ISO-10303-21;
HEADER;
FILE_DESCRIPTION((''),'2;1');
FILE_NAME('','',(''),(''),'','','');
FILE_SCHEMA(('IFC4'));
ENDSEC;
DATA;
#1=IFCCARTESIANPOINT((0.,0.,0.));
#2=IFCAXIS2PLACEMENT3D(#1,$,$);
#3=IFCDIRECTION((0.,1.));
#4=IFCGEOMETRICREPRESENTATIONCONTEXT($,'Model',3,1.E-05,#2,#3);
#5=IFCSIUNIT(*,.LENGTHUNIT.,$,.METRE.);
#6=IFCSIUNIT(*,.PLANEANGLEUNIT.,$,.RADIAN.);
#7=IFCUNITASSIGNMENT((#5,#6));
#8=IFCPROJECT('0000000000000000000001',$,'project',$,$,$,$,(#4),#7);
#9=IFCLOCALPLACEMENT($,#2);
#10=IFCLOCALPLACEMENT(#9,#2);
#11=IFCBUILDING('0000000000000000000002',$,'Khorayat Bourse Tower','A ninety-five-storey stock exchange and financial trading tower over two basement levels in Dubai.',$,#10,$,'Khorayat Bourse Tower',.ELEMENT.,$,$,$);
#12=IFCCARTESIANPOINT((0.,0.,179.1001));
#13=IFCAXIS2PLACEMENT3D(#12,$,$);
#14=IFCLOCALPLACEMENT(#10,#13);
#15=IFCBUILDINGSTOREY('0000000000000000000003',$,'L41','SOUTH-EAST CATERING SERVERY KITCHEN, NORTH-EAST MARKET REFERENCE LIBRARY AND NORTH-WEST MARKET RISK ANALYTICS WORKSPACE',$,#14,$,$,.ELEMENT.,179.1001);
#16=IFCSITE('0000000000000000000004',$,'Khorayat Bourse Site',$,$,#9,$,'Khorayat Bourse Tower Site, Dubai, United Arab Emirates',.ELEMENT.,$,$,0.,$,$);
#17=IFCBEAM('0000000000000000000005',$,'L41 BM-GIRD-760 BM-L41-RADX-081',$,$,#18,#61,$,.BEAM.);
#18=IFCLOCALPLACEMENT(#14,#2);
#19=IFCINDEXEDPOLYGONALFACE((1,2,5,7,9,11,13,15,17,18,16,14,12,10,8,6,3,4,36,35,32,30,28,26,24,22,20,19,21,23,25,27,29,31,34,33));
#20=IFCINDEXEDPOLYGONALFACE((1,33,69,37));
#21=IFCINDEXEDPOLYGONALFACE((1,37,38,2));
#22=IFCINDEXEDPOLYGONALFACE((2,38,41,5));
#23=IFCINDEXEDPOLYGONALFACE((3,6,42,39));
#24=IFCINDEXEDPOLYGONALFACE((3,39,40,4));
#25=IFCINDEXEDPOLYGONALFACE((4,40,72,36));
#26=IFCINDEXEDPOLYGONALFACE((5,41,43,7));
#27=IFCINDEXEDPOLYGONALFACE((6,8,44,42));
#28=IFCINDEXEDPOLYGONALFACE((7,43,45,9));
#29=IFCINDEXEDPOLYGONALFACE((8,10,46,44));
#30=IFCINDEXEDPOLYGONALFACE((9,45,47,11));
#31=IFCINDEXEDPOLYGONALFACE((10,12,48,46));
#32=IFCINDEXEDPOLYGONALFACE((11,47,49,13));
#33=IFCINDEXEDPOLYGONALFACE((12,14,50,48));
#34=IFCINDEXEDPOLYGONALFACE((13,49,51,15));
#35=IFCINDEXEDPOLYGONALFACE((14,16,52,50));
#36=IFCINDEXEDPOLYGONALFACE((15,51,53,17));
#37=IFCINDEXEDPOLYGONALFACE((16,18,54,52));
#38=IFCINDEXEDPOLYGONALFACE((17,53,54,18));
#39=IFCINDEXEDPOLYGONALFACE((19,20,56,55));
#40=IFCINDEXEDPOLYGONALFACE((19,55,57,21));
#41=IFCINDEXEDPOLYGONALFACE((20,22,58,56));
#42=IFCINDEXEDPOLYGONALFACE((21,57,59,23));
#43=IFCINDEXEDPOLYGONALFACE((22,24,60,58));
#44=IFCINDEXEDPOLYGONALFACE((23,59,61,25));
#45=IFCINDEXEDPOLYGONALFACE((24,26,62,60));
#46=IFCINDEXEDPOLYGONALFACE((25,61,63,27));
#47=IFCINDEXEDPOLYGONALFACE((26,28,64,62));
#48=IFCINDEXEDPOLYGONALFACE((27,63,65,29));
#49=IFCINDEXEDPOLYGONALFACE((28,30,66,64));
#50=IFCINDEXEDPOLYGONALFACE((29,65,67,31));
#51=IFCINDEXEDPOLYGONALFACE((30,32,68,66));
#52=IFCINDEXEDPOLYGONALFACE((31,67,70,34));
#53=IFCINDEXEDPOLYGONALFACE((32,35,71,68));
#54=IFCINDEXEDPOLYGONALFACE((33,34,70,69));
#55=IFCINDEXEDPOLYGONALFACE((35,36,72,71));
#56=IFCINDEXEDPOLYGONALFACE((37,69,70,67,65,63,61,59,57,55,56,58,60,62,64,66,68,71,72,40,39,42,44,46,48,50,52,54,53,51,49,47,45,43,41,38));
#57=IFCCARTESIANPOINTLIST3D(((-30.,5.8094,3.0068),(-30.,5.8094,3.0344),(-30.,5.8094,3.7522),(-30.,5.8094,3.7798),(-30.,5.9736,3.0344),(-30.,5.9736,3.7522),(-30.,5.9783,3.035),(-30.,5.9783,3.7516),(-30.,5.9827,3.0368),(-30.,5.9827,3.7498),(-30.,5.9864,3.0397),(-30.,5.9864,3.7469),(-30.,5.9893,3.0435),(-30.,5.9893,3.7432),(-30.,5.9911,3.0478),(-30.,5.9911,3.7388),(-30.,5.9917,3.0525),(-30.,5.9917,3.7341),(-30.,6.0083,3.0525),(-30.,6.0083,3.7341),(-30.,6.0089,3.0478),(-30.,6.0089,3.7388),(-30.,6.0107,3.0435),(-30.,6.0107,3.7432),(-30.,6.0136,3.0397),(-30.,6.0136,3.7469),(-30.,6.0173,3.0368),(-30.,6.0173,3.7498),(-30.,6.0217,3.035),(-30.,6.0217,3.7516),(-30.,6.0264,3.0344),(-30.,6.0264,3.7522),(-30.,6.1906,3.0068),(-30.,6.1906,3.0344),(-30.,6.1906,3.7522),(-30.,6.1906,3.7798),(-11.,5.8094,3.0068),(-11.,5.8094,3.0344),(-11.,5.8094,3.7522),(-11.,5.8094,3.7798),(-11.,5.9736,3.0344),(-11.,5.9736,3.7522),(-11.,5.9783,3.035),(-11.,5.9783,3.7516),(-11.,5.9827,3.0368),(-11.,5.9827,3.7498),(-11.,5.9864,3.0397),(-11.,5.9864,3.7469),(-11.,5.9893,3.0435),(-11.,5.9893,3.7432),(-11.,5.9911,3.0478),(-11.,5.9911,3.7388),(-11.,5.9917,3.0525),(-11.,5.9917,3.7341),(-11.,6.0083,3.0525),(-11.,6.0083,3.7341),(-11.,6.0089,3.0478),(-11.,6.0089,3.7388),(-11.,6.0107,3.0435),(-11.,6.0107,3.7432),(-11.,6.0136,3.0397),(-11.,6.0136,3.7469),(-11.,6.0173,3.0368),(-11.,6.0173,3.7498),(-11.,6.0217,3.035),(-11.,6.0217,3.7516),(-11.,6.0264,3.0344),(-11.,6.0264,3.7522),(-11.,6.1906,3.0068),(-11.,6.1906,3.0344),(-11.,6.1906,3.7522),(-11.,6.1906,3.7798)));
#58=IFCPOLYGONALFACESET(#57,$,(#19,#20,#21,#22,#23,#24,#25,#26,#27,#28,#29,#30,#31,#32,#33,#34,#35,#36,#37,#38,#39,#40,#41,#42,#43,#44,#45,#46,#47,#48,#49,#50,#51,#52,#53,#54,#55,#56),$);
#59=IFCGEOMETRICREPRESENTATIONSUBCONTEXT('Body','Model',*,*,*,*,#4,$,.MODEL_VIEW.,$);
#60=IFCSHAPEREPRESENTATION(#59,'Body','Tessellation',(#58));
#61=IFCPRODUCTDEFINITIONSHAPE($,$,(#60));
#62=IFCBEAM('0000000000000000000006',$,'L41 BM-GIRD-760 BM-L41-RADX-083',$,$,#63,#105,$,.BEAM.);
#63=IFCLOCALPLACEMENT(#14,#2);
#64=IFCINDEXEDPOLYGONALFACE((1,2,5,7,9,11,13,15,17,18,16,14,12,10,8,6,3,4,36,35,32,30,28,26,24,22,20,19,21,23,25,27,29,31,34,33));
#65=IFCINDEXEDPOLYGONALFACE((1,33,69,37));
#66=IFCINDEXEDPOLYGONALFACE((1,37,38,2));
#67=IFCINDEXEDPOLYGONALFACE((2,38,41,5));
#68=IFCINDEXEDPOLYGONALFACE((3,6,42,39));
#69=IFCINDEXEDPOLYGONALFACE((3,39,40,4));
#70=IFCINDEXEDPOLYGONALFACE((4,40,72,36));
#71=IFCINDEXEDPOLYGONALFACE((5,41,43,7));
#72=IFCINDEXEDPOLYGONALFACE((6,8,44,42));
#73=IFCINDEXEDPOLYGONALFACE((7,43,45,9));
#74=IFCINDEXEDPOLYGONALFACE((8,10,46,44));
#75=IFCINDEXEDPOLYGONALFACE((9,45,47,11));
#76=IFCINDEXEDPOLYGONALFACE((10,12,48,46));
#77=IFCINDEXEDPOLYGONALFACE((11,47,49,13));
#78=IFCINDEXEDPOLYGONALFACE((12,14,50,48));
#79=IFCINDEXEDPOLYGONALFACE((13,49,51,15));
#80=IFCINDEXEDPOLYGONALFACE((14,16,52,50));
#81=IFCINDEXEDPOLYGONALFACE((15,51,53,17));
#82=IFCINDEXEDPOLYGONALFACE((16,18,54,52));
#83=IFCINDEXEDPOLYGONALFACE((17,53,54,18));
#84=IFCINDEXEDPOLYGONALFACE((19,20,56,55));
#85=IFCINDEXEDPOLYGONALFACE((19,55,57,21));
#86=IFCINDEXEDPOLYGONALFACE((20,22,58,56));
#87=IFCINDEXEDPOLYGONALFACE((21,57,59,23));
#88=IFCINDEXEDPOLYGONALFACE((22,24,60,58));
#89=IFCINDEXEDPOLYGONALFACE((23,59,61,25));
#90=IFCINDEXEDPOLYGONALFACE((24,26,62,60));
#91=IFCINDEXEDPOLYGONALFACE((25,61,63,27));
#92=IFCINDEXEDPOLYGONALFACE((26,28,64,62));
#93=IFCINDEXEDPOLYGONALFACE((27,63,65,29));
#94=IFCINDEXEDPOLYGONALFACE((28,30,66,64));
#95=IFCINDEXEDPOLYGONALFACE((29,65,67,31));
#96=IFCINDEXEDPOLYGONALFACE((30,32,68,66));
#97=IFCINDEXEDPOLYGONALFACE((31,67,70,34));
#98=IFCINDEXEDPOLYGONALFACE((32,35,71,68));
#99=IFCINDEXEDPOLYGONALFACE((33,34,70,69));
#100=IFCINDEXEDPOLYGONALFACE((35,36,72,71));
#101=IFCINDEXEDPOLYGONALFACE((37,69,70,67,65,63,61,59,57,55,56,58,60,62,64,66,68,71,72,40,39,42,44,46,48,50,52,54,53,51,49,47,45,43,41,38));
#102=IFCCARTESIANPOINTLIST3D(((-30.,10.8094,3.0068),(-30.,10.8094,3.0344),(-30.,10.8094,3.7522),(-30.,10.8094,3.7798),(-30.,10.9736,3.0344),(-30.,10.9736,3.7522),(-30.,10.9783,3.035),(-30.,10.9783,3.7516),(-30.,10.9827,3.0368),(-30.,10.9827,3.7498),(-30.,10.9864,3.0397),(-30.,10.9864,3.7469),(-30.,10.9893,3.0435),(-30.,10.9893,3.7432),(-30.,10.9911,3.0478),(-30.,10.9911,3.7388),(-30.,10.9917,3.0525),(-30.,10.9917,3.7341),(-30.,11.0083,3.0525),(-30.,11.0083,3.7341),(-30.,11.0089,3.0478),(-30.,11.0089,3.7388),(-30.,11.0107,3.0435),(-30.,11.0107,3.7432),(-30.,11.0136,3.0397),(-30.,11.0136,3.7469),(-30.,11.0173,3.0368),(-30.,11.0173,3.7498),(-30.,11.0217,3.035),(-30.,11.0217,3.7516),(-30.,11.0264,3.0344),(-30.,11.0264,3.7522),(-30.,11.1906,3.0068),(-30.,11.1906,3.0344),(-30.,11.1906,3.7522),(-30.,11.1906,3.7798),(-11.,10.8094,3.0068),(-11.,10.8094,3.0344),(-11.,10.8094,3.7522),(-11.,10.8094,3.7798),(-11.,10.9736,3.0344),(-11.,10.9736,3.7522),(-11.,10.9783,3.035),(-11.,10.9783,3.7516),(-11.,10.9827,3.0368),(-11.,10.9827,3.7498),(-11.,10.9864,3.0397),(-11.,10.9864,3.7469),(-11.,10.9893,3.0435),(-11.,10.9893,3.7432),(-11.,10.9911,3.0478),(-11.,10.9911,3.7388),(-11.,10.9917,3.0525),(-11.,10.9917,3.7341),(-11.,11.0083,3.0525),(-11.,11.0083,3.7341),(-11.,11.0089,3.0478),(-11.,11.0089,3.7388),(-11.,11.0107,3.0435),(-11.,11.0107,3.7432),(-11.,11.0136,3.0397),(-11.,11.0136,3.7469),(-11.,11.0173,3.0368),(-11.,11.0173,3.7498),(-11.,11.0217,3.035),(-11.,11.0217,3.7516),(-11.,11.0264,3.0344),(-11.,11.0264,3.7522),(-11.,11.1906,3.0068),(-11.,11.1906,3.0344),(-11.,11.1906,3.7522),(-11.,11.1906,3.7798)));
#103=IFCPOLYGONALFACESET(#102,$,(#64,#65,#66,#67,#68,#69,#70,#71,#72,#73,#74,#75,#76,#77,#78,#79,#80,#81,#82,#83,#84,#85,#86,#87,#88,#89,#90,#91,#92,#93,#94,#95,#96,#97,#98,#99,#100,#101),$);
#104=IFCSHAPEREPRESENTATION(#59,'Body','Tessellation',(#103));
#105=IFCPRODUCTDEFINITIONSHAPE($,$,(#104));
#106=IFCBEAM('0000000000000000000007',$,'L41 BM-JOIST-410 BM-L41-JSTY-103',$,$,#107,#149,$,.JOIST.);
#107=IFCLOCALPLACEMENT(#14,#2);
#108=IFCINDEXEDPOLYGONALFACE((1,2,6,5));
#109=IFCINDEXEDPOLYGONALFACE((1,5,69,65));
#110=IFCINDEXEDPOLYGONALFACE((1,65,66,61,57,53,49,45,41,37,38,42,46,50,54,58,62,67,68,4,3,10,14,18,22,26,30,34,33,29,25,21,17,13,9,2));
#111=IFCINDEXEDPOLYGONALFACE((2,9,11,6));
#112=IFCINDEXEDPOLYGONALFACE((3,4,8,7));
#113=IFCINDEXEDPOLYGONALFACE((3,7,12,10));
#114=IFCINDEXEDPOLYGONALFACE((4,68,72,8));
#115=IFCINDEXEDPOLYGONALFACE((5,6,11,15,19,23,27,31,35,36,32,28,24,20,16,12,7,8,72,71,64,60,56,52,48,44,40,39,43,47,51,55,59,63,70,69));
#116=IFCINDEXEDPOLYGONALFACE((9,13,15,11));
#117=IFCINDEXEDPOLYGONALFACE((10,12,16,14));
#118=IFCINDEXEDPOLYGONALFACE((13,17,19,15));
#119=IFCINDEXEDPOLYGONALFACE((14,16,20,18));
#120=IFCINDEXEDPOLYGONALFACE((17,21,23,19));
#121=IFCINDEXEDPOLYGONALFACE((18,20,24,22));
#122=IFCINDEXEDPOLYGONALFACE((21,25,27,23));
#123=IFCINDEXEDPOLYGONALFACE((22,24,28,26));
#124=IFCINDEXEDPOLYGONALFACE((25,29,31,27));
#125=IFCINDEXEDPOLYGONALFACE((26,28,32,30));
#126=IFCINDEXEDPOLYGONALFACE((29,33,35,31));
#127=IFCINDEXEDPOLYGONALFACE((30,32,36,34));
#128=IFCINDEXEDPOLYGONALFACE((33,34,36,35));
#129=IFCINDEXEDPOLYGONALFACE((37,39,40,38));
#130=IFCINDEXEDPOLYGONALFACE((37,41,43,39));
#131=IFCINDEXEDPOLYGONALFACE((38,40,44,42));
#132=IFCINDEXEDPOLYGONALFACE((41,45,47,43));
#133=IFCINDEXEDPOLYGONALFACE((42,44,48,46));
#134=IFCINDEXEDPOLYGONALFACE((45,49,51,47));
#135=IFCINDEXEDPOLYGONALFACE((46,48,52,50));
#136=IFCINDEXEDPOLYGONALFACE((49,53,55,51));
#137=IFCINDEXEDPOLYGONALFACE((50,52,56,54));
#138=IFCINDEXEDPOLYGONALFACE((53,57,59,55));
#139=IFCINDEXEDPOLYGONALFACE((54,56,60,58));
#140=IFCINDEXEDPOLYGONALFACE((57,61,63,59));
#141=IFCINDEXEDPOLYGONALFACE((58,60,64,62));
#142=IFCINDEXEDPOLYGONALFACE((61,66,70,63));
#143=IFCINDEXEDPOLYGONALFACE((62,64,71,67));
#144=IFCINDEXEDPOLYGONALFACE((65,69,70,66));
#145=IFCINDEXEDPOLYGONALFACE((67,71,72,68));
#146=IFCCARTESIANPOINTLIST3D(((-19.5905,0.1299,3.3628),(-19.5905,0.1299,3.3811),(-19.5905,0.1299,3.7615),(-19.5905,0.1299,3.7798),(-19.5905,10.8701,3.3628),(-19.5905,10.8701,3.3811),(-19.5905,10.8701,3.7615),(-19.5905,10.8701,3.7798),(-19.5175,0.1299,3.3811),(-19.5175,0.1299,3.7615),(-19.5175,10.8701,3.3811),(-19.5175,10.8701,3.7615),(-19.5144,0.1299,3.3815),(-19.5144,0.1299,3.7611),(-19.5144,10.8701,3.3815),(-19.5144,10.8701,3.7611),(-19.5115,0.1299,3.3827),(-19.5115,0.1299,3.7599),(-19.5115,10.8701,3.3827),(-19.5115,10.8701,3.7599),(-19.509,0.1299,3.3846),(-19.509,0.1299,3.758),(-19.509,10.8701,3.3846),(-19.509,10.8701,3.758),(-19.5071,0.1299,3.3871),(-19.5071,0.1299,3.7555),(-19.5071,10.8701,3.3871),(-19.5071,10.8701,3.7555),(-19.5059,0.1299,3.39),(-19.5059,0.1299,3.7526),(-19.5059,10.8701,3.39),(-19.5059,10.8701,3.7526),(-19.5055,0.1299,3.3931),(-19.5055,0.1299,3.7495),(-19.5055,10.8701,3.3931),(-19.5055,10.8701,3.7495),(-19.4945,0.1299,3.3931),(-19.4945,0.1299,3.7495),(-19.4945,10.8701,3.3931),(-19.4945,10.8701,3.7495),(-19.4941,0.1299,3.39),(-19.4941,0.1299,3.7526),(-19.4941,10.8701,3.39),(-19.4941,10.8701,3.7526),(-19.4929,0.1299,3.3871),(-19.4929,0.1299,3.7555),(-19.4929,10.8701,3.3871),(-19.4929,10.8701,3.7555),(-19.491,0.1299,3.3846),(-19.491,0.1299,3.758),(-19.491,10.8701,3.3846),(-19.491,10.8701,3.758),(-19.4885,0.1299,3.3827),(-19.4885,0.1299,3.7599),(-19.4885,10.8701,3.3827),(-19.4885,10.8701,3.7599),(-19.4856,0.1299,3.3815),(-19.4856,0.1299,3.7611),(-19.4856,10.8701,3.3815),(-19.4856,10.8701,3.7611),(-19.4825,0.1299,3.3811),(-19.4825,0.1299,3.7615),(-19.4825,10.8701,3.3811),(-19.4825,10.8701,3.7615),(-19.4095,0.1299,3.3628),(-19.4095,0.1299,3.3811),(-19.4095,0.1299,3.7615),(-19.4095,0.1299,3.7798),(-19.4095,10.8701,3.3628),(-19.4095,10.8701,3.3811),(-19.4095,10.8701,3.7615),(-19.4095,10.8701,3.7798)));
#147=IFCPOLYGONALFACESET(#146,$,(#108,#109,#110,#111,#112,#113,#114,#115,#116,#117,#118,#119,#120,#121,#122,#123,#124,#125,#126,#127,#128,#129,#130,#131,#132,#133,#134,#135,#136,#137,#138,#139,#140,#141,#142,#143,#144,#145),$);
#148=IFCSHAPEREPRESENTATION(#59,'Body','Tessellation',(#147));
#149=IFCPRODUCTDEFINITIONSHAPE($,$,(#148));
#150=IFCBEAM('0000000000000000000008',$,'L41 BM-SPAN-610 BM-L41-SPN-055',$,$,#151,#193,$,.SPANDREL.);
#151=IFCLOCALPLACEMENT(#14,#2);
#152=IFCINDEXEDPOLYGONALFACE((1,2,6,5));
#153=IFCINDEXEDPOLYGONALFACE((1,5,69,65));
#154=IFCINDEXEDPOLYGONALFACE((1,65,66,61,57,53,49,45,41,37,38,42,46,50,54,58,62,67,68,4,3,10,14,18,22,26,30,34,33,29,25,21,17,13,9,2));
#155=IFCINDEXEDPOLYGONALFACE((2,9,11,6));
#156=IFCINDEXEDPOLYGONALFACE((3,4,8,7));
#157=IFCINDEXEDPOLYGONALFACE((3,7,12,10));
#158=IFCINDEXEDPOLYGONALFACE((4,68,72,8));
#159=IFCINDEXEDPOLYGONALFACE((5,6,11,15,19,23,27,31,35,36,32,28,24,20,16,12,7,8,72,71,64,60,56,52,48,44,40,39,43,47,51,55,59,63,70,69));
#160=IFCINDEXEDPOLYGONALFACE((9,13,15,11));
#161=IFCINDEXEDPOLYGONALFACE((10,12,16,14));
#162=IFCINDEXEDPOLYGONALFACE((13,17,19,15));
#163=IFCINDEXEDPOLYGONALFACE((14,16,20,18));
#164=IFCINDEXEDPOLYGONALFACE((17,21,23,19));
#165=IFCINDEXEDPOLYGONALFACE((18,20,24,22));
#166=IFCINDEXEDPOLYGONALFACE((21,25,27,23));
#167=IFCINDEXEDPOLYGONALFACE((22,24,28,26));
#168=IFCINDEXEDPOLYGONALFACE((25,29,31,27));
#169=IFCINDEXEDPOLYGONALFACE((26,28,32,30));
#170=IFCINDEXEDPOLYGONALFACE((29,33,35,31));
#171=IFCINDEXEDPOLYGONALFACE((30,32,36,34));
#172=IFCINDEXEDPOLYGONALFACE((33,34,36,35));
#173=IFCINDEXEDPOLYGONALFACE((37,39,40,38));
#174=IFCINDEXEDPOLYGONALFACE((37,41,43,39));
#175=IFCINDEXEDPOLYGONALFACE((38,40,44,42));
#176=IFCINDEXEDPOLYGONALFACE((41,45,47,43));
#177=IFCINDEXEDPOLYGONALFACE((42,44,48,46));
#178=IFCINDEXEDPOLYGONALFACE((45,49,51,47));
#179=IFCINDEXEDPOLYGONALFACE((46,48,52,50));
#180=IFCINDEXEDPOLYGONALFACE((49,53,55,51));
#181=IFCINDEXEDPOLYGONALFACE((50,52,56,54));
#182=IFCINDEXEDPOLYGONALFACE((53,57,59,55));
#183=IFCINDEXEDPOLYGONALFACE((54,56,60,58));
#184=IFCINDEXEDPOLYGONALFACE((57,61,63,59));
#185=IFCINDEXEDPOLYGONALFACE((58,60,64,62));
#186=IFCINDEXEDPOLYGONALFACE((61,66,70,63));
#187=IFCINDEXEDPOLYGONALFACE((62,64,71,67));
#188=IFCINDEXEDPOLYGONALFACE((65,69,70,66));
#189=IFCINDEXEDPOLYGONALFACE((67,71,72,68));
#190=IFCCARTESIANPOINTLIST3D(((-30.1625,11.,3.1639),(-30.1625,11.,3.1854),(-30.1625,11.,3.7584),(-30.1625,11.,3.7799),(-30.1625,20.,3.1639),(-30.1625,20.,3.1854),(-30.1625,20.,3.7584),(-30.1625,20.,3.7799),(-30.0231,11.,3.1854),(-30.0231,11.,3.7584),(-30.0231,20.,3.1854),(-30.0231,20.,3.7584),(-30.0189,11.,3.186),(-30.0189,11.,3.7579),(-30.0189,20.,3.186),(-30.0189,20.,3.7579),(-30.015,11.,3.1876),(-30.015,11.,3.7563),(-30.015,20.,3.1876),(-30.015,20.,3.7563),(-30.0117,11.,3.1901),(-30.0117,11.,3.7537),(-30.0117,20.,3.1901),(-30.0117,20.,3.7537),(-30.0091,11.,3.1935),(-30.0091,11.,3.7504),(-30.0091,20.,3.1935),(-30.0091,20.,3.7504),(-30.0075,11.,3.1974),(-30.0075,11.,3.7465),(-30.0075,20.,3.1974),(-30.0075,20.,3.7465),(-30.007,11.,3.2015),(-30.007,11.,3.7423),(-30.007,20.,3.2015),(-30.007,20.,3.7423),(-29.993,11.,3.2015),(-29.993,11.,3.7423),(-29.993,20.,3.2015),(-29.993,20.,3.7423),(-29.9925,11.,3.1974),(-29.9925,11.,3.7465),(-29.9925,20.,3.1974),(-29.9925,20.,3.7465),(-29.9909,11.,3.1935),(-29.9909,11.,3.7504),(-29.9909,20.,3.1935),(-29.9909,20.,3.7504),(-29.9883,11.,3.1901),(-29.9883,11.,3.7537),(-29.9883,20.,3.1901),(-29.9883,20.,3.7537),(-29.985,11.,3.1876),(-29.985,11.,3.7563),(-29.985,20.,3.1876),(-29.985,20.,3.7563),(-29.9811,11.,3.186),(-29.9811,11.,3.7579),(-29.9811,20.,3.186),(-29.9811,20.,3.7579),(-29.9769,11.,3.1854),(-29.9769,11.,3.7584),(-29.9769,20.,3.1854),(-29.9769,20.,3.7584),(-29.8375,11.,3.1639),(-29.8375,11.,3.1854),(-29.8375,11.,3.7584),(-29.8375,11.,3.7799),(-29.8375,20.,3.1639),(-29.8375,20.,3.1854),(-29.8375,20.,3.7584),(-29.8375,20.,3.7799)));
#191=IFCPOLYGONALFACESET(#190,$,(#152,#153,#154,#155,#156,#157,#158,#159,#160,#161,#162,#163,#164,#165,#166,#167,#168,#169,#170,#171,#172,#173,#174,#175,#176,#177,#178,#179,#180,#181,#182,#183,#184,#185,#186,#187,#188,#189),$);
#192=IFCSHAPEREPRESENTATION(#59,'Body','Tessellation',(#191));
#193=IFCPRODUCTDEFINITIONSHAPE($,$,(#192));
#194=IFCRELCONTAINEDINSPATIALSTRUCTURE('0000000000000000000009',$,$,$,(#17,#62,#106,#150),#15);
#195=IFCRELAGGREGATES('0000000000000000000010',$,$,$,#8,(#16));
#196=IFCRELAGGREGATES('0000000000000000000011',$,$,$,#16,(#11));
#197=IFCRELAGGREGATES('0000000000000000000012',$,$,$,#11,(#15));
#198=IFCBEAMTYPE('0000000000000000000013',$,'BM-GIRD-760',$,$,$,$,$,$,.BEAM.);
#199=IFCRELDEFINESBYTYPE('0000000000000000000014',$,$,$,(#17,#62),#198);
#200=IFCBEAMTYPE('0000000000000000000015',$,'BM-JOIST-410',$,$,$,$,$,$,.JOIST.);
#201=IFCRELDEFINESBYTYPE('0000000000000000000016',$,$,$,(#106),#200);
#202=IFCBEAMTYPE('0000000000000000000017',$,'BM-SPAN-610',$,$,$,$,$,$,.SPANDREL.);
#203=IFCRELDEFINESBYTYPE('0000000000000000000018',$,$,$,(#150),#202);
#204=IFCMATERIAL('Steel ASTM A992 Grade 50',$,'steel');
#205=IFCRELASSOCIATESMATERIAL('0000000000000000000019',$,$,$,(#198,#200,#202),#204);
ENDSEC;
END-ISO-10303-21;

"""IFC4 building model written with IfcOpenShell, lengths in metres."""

from ifc_helpers import new_model, si_unit, direction, frame, origin, origin_2d, place, context, subcontext, project, spatial, i_section, extrude, source, transform, mapped, material, material_profile, profile_set, type_object, element, save


model = new_model("IFC4")

# Units and contexts
model_context = context("Model", 3, precision=1e-05, world=origin(), true_north=direction((0.0, 1.0)))
body_context = subcontext(model_context, "Body", "Model", "MODEL_VIEW")
ifc_project = project(units=[si_unit("LENGTHUNIT", "METRE"), si_unit("PLANEANGLEUNIT", "RADIAN")], contexts=[model_context])

# Site, building, storey
site_placement = place(None, origin())
site = spatial("IfcSite", under=ifc_project, at=site_placement, Name="Khorayat Bourse Site", LongName="Khorayat Bourse Tower Site, Dubai, United Arab Emirates", CompositionType="ELEMENT", RefElevation=0.0)
building_placement = place(site_placement, origin())
building = spatial("IfcBuilding", under=site, at=building_placement, Name="Khorayat Bourse Tower", Description="A ninety-five-storey stock exchange and financial trading tower over two basement levels in Dubai.", LongName="Khorayat Bourse Tower", CompositionType="ELEMENT")
storey_placement = place(building_placement, frame((0.0, 0.0, 179.1001)))
storey = spatial("IfcBuildingStorey", under=building, at=storey_placement, Name="L41", Description="SOUTH-EAST CATERING SERVERY KITCHEN, NORTH-EAST MARKET REFERENCE LIBRARY AND NORTH-WEST MARKET RISK ANALYTICS WORKSPACE", CompositionType="ELEMENT", Elevation=179.1001)

# Beams
ifc_material_1 = material(Name="Steel ASTM A992 Grade 50", Category="steel")
ifc_material_profile_1 = material_profile(ifc_material_1, i_section(OverallWidth=0.3811, OverallDepth=0.7729, WebThickness=0.0166, FlangeThickness=0.0276, FilletRadius=0.0181, at=origin_2d()), Name="W760X257")
ifc_profile_set_1 = profile_set([ifc_material_profile_1], Name="Steel ASTM A992 Grade 50")
beam_type_1 = type_object("IfcBeamType", Name="BM-GIRD-760", PredefinedType="BEAM", material=ifc_profile_set_1)
shared_shape_1 = source(origin(), body_context, "Body", "SweptSolid", [
    extrude(i_section(OverallWidth=0.3811, OverallDepth=0.7729, WebThickness=0.0166, FlangeThickness=0.0276, FilletRadius=0.0181, at=origin_2d()), origin(), (0.0, 0.0, 1.0), 19.0),
])
for number, where, z_axis, x_axis, name in (
    (1, (-30.0, 6.0, 3.3933), (1.0, 0.0, 0.0), (0.0, 1.0, 0.0), "L41 BM-GIRD-760 BM-L41-RADX-081"),
    (2, (-30.0, 11.0, 3.3933), (1.0, 0.0, 0.0), (0.0, 1.0, 0.0), "L41 BM-GIRD-760 BM-L41-RADX-083"),
):
    element("IfcBeam", number, at=place(storey_placement, frame(where, z_axis=z_axis, x_axis=x_axis)), inside=storey, type_object=beam_type_1, Name=name, PredefinedType="BEAM", context=body_context, shape_type="MappedRepresentation", body=[
        mapped(shared_shape_1, transform((0.0, 0.0, 0.0), scale=1.0)),
    ])
ifc_material_profile_2 = material_profile(ifc_material_1, i_section(OverallWidth=0.1809, OverallDepth=0.417, WebThickness=0.011, FlangeThickness=0.0183, FilletRadius=0.012, at=origin_2d()), Name="W410X85")
ifc_profile_set_2 = profile_set([ifc_material_profile_2], Name="Steel ASTM A992 Grade 50")
beam_type_2 = type_object("IfcBeamType", Name="BM-JOIST-410", PredefinedType="JOIST", material=ifc_profile_set_2)
shared_shape_2 = source(origin(), body_context, "Body", "SweptSolid", [
    extrude(i_section(OverallWidth=0.1809, OverallDepth=0.417, WebThickness=0.011, FlangeThickness=0.0183, FilletRadius=0.012, at=origin_2d()), origin(), (0.0, 0.0, 1.0), 10.7402),
])
beam_1_placement = place(storey_placement, frame((-19.5, 0.1299, 3.5713), z_axis=(0.0, 1.0, 0.0), x_axis=(-1.0, 0.0, 0.0)))
element("IfcBeam", 3, at=beam_1_placement, inside=storey, type_object=beam_type_2, Name="L41 BM-JOIST-410 BM-L41-JSTY-103", PredefinedType="JOIST", context=body_context, shape_type="MappedRepresentation", body=[
    mapped(shared_shape_2, transform((0.0, 0.0, 0.0), scale=1.0)),
])
ifc_material_profile_3 = material_profile(ifc_material_1, i_section(OverallWidth=0.325, OverallDepth=0.616, WebThickness=0.0139, FlangeThickness=0.0215, FilletRadius=0.0161, at=origin_2d()), Name="W610X174")
ifc_profile_set_3 = profile_set([ifc_material_profile_3], Name="Steel ASTM A992 Grade 50")
beam_type_3 = type_object("IfcBeamType", Name="BM-SPAN-610", PredefinedType="SPANDREL", material=ifc_profile_set_3)
shared_shape_3 = source(origin(), body_context, "Body", "SweptSolid", [
    extrude(i_section(OverallWidth=0.325, OverallDepth=0.616, WebThickness=0.0139, FlangeThickness=0.0215, FilletRadius=0.0161, at=origin_2d()), origin(), (0.0, 0.0, 1.0), 9.0),
])
beam_2_placement = place(storey_placement, frame((-30.0, 11.0, 3.4719), z_axis=(0.0, 1.0, 0.0), x_axis=(-1.0, 0.0, 0.0)))
element("IfcBeam", 4, at=beam_2_placement, inside=storey, type_object=beam_type_3, Name="L41 BM-SPAN-610 BM-L41-SPN-055", PredefinedType="SPANDREL", context=body_context, shape_type="MappedRepresentation", body=[
    mapped(shared_shape_3, transform((0.0, 0.0, 0.0), scale=1.0)),
])

save(model, "model.ifc")
